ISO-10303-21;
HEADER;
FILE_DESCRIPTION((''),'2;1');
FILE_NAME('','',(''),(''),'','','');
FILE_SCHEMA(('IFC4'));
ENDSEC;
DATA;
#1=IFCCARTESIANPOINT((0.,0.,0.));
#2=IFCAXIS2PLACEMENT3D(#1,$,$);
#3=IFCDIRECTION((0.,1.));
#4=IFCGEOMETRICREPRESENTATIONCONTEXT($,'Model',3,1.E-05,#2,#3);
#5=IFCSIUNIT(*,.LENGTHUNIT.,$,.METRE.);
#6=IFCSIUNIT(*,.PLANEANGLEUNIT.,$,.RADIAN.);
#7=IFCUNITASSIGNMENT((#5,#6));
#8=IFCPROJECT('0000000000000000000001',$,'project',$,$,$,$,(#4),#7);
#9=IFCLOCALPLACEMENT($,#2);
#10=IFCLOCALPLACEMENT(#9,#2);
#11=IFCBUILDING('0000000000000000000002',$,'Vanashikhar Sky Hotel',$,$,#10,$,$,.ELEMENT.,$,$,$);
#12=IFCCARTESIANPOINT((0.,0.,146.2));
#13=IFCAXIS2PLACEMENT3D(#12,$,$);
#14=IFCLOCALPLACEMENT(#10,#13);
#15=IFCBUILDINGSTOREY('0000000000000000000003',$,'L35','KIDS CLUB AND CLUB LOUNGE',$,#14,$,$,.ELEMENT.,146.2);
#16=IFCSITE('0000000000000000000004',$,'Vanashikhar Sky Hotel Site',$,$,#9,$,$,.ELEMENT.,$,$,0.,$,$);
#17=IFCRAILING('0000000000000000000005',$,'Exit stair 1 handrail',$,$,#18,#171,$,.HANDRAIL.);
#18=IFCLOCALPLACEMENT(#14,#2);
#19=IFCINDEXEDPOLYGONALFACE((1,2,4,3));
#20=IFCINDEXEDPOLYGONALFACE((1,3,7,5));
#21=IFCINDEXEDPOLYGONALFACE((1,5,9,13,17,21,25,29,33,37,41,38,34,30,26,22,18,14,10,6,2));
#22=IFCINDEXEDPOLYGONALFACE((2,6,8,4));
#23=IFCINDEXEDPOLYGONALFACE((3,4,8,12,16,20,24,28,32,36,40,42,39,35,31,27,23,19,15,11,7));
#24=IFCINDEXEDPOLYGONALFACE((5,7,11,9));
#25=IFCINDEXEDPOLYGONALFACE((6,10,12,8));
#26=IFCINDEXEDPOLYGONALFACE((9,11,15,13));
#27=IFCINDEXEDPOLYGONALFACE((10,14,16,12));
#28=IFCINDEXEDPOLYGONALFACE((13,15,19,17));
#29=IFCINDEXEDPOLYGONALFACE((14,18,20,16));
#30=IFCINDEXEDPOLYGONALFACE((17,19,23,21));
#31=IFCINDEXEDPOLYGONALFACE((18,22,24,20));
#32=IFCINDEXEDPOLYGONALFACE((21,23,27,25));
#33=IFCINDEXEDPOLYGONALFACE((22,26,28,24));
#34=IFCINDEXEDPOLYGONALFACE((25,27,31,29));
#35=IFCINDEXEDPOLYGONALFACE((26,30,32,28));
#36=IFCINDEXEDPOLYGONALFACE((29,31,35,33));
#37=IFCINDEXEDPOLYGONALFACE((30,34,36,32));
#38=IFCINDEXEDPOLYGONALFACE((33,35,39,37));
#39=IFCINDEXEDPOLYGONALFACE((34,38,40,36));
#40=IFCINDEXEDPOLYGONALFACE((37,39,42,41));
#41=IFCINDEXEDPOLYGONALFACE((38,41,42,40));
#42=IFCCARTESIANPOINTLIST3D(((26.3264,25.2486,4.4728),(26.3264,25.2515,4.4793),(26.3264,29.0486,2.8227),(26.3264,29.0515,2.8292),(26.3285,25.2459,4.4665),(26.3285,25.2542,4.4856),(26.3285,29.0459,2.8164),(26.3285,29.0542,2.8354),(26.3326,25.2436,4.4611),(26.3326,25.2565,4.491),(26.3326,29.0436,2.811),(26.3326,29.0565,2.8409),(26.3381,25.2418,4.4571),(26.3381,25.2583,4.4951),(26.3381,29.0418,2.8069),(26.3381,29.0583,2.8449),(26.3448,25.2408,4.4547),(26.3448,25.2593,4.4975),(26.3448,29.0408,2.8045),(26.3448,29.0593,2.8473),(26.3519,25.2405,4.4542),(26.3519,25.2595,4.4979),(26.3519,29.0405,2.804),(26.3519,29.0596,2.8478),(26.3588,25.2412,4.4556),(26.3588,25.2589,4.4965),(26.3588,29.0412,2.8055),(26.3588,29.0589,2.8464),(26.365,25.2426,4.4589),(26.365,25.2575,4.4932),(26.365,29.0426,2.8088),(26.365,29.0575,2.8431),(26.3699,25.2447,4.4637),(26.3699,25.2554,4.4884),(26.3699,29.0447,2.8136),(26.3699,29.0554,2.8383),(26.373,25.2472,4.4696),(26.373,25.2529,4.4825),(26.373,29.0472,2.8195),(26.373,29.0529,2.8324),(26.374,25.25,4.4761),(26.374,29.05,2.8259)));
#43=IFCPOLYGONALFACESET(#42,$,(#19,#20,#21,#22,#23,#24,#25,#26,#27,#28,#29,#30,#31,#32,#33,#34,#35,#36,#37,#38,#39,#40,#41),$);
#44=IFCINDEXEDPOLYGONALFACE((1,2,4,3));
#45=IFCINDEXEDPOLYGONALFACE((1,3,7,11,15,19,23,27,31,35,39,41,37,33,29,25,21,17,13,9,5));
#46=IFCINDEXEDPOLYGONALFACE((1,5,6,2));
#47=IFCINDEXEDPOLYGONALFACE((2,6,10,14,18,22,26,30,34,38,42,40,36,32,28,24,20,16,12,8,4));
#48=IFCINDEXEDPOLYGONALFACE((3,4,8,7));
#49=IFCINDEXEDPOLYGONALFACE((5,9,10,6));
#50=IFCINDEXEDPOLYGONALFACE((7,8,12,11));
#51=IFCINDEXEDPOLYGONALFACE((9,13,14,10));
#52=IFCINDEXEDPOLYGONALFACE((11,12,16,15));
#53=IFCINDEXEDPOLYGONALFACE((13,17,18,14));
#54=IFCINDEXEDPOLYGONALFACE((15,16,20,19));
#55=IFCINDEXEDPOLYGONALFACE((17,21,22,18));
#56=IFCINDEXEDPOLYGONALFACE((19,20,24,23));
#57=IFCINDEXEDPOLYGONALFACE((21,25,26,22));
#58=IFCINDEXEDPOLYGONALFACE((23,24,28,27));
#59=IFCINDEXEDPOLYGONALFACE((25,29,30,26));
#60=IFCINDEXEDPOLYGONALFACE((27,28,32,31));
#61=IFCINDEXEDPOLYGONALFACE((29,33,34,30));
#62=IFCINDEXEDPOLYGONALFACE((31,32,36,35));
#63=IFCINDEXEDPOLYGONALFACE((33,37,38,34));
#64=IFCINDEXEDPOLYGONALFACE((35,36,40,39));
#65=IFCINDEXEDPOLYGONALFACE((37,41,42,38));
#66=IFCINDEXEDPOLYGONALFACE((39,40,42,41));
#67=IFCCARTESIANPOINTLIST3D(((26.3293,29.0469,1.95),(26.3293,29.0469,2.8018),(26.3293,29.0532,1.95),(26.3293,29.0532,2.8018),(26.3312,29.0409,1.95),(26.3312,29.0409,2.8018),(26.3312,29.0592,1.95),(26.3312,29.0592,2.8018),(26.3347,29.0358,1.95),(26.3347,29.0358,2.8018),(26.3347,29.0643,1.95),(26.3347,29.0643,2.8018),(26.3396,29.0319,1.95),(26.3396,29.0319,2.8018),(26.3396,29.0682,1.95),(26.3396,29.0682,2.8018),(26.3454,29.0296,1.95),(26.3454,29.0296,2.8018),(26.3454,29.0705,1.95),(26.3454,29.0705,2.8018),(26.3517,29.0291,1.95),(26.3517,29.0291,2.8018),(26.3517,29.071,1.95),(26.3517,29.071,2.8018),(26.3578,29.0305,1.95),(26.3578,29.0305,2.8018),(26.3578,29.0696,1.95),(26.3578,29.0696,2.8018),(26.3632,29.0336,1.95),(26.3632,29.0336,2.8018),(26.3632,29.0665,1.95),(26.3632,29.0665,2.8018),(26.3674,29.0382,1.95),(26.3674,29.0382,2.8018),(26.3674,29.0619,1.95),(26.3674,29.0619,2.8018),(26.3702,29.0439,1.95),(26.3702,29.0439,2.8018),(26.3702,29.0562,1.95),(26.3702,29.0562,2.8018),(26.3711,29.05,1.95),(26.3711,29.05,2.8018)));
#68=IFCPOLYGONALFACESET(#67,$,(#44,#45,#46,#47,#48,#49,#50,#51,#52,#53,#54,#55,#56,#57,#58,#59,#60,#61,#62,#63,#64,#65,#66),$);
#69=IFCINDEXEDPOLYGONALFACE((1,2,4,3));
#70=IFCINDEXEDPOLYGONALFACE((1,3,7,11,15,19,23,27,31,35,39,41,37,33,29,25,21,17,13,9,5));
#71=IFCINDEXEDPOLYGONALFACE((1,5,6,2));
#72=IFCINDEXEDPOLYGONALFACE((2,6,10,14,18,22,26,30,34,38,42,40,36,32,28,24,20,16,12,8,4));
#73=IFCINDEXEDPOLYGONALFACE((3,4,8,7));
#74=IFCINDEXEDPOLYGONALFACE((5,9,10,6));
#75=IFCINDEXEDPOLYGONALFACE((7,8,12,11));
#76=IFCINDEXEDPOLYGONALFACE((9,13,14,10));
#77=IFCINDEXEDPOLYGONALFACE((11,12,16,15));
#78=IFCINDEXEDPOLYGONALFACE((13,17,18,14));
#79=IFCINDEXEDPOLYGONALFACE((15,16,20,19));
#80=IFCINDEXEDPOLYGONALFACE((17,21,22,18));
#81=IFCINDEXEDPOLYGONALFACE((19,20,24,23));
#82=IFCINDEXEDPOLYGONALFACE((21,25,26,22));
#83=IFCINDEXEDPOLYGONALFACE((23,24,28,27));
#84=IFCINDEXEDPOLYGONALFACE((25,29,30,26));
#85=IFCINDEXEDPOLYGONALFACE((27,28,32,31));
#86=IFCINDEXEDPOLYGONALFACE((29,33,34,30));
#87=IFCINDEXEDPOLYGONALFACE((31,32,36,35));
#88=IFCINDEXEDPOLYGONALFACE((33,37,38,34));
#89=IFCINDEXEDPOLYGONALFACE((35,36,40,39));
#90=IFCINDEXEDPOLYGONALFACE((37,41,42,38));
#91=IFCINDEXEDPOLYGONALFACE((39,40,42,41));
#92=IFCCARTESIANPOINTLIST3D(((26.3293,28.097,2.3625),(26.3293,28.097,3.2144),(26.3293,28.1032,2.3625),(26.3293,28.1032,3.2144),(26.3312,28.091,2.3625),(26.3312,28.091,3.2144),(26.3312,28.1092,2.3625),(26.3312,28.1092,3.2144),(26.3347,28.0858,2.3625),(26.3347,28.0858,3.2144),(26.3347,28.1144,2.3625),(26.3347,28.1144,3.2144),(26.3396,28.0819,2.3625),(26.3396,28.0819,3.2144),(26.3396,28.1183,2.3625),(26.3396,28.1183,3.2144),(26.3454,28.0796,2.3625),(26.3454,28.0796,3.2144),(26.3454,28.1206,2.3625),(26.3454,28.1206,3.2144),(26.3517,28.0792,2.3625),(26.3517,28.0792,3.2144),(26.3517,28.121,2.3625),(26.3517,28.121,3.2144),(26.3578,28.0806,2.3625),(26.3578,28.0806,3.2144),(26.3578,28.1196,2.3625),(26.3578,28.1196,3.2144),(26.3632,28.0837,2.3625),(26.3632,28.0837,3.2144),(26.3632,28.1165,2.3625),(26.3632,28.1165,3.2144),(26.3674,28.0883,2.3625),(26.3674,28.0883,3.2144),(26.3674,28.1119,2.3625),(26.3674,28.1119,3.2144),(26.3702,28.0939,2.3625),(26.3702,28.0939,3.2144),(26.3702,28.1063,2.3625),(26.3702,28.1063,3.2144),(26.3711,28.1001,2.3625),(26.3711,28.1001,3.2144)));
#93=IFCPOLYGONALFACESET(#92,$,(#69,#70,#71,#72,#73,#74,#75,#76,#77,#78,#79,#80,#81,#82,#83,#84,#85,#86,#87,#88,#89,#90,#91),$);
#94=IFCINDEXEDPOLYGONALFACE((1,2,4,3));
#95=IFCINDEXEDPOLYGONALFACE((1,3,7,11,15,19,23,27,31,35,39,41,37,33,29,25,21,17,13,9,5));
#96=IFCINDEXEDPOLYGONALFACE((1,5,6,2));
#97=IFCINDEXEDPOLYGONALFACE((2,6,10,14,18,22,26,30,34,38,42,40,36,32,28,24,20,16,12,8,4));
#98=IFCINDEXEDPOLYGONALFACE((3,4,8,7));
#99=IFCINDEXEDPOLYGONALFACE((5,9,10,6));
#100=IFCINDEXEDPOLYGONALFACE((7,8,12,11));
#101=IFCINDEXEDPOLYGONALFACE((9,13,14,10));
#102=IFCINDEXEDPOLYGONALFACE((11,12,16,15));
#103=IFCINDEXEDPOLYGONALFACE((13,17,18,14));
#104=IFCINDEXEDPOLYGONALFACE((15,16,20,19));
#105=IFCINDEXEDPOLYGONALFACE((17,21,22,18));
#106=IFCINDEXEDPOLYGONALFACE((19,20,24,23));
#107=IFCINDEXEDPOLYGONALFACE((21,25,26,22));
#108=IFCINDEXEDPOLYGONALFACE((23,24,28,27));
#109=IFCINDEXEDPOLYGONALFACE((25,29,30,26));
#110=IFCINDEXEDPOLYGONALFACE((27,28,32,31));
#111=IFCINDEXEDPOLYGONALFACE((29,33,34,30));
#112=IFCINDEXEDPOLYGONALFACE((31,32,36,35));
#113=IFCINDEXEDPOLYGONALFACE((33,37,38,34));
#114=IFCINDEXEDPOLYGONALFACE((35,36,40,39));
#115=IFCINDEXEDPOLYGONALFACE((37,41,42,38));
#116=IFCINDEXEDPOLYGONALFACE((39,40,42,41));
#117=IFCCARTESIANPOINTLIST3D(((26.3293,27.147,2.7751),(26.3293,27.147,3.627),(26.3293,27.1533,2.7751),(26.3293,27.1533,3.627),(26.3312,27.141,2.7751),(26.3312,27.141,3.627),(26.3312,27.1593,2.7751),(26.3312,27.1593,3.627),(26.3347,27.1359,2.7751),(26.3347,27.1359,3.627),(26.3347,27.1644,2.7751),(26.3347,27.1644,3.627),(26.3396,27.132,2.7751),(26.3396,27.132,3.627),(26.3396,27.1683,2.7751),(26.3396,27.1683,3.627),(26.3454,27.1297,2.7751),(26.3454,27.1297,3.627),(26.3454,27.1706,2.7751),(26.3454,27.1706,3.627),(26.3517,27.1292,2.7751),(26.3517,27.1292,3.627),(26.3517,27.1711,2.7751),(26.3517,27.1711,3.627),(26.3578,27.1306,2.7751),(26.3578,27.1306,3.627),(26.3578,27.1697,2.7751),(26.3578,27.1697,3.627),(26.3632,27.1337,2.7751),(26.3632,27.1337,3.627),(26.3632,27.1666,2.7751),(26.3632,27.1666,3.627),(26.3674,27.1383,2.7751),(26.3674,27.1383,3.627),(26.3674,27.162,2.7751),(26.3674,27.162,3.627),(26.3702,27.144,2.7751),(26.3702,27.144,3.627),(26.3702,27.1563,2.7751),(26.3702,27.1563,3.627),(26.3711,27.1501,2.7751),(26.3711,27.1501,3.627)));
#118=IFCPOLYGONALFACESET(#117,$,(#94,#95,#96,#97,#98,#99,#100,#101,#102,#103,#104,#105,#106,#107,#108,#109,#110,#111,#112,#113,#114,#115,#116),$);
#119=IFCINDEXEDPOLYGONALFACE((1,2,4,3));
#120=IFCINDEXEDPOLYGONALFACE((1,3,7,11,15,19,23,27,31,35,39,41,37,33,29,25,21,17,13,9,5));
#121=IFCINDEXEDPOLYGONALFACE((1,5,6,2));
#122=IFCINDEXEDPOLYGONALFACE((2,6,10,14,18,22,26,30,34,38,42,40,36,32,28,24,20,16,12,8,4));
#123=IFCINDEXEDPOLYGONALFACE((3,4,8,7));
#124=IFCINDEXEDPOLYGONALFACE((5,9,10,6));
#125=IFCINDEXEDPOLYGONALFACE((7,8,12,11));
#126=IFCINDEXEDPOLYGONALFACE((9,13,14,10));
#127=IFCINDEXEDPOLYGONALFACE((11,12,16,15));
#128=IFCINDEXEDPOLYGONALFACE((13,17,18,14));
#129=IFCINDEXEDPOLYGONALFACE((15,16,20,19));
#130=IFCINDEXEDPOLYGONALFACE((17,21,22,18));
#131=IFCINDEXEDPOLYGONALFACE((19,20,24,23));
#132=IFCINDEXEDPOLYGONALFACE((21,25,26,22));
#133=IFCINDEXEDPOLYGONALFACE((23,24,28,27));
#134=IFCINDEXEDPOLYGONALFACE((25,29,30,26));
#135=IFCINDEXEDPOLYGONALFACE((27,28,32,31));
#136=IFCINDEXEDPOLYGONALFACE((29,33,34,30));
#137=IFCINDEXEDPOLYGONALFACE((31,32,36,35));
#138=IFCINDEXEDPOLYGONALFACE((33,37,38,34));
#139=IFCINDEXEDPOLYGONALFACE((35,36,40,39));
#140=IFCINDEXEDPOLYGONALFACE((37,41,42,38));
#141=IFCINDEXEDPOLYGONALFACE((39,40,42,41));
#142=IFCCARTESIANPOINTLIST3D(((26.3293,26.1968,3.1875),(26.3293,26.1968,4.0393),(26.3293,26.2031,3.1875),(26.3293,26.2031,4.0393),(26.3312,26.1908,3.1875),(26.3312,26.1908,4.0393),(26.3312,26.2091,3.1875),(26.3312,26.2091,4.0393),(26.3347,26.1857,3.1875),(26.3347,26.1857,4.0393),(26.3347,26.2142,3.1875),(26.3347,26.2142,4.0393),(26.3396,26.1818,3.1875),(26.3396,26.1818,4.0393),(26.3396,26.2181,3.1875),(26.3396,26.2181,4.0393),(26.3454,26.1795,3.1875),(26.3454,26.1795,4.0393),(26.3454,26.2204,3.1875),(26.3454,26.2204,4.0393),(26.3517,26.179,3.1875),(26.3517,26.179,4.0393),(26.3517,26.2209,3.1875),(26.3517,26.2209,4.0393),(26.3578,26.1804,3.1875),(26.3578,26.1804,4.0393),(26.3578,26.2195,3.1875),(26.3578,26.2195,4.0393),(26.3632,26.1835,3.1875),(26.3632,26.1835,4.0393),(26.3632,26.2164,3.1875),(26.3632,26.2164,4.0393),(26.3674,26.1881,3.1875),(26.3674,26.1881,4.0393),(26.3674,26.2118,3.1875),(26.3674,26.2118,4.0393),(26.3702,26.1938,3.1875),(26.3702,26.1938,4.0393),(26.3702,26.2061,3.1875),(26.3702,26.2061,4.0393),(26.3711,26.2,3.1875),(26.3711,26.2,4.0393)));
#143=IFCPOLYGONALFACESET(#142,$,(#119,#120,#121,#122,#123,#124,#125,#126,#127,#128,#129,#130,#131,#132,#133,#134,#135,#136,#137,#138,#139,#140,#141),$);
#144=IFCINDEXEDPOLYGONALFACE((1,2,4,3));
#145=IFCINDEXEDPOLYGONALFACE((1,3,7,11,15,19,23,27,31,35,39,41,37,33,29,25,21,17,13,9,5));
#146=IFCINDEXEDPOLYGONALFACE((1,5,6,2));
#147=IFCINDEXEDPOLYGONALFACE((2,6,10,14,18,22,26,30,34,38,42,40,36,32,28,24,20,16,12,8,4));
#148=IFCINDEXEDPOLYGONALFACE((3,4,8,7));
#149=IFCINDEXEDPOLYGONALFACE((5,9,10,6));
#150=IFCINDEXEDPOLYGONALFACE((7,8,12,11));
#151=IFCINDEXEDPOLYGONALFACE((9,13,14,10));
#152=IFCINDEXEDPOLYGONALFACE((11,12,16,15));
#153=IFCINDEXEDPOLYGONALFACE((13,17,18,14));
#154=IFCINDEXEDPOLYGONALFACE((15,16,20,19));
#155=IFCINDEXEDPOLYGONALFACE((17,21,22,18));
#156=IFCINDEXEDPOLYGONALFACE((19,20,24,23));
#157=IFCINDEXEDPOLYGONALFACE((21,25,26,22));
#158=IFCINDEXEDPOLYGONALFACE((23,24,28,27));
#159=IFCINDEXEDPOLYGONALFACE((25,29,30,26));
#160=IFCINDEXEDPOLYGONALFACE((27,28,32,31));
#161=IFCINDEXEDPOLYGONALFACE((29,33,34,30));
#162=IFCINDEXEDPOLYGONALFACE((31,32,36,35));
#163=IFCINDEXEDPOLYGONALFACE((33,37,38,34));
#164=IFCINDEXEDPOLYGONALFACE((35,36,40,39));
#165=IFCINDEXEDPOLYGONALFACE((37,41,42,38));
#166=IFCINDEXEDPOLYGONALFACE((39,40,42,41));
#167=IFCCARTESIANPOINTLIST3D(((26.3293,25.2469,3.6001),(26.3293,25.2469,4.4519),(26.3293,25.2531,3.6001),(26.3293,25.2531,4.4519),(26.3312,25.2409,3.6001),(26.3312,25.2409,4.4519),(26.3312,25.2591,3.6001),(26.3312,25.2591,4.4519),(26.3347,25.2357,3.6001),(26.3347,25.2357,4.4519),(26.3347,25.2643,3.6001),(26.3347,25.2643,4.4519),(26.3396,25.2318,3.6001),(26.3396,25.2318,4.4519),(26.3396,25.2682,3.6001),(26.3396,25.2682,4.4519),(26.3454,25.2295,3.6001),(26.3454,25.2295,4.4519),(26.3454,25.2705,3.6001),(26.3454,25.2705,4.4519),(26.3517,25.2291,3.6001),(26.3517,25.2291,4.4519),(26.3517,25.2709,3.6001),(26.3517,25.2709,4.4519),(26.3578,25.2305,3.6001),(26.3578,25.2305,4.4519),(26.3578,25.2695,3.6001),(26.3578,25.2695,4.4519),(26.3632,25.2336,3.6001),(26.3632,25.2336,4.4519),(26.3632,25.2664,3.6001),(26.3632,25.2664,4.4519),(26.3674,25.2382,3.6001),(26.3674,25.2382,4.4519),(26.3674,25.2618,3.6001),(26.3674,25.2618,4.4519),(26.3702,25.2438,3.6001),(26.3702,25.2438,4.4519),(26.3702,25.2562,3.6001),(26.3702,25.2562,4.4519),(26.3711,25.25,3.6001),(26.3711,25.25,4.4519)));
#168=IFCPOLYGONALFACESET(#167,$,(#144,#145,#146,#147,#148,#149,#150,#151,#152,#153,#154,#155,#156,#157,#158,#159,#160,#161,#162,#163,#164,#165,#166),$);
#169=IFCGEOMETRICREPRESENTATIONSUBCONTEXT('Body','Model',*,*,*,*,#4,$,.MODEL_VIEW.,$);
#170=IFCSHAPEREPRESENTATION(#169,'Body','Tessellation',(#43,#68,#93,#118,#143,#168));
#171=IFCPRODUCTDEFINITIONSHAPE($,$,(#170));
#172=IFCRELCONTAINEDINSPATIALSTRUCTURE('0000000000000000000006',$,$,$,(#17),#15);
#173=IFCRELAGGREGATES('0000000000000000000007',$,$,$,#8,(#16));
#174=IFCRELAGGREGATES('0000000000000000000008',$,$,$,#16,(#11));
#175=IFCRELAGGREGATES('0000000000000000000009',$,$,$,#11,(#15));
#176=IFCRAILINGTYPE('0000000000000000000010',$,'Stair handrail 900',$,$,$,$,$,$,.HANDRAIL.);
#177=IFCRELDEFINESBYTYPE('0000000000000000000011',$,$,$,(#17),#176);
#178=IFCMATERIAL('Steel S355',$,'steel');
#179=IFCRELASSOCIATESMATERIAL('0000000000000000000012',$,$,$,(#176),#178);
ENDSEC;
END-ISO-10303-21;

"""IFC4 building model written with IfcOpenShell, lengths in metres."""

from ifc_helpers import new_model, si_unit, direction, frame, origin, origin_2d, place, context, subcontext, project, spatial, circle, extrude, source, transform, mapped, material, type_object, element, save


model = new_model("IFC4")

# Units and contexts
model_context = context("Model", 3, precision=1e-05, world=origin(), true_north=direction((0.0, 1.0)))
body_context = subcontext(model_context, "Body", "Model", "MODEL_VIEW")
ifc_project = project(units=[si_unit("LENGTHUNIT", "METRE"), si_unit("PLANEANGLEUNIT", "RADIAN")], contexts=[model_context])

# Site, building, storey
site_placement = place(None, origin())
site = spatial("IfcSite", under=ifc_project, at=site_placement, Name="Vanashikhar Sky Hotel Site", CompositionType="ELEMENT", RefElevation=0.0)
building_placement = place(site_placement, origin())
building = spatial("IfcBuilding", under=site, at=building_placement, Name="Vanashikhar Sky Hotel", CompositionType="ELEMENT")
storey_placement = place(building_placement, frame((0.0, 0.0, 146.2)))
storey = spatial("IfcBuildingStorey", under=building, at=storey_placement, Name="L35", Description="KIDS CLUB AND CLUB LOUNGE", CompositionType="ELEMENT", Elevation=146.2)

# Railing
ifc_material_1 = material(Name="Steel S355", Category="steel")
railing_type_1 = type_object("IfcRailingType", Name="Stair handrail 900", PredefinedType="HANDRAIL", material=ifc_material_1)
shared_shape_1 = source(origin(), body_context, "Body", "SweptSolid", [
    extrude(circle(Radius=0.0239, at=origin_2d()), frame((0.0, 0.0, 0.876), z_axis=(0.0, -0.917251, 0.39831), x_axis=(1.0, 0.0, 0.0)), (0.0, 0.0, 1.0), 4.1428),
    extrude(circle(Radius=0.021, at=origin_2d()), origin(), (0.0, 0.0, 1.0), 0.8518),
    extrude(circle(Radius=0.021, at=origin_2d()), frame((0.0, -0.95, 0.4126)), (0.0, 0.0, 1.0), 0.8518),
    extrude(circle(Radius=0.021, at=origin_2d()), frame((0.0, -1.8999, 0.8252)), (0.0, 0.0, 1.0), 0.8518),
    extrude(circle(Radius=0.021, at=origin_2d()), frame((0.0, -2.8501, 1.2375)), (0.0, 0.0, 1.0), 0.8518),
    extrude(circle(Radius=0.021, at=origin_2d()), frame((0.0, -3.8, 1.6501)), (0.0, 0.0, 1.0), 0.8518),
])
for number, where, name in (
    (1, (26.3501, 29.05, 1.95), "Exit stair 1 handrail"),
):
    element("IfcRailing", number, at=place(storey_placement, frame(where)), inside=storey, type_object=railing_type_1, Name=name, PredefinedType="HANDRAIL", context=body_context, shape_type="MappedRepresentation", body=[
        mapped(shared_shape_1, transform((0.0, 0.0, 0.0), scale=1.0)),
    ])

save(model, "model.ifc")
